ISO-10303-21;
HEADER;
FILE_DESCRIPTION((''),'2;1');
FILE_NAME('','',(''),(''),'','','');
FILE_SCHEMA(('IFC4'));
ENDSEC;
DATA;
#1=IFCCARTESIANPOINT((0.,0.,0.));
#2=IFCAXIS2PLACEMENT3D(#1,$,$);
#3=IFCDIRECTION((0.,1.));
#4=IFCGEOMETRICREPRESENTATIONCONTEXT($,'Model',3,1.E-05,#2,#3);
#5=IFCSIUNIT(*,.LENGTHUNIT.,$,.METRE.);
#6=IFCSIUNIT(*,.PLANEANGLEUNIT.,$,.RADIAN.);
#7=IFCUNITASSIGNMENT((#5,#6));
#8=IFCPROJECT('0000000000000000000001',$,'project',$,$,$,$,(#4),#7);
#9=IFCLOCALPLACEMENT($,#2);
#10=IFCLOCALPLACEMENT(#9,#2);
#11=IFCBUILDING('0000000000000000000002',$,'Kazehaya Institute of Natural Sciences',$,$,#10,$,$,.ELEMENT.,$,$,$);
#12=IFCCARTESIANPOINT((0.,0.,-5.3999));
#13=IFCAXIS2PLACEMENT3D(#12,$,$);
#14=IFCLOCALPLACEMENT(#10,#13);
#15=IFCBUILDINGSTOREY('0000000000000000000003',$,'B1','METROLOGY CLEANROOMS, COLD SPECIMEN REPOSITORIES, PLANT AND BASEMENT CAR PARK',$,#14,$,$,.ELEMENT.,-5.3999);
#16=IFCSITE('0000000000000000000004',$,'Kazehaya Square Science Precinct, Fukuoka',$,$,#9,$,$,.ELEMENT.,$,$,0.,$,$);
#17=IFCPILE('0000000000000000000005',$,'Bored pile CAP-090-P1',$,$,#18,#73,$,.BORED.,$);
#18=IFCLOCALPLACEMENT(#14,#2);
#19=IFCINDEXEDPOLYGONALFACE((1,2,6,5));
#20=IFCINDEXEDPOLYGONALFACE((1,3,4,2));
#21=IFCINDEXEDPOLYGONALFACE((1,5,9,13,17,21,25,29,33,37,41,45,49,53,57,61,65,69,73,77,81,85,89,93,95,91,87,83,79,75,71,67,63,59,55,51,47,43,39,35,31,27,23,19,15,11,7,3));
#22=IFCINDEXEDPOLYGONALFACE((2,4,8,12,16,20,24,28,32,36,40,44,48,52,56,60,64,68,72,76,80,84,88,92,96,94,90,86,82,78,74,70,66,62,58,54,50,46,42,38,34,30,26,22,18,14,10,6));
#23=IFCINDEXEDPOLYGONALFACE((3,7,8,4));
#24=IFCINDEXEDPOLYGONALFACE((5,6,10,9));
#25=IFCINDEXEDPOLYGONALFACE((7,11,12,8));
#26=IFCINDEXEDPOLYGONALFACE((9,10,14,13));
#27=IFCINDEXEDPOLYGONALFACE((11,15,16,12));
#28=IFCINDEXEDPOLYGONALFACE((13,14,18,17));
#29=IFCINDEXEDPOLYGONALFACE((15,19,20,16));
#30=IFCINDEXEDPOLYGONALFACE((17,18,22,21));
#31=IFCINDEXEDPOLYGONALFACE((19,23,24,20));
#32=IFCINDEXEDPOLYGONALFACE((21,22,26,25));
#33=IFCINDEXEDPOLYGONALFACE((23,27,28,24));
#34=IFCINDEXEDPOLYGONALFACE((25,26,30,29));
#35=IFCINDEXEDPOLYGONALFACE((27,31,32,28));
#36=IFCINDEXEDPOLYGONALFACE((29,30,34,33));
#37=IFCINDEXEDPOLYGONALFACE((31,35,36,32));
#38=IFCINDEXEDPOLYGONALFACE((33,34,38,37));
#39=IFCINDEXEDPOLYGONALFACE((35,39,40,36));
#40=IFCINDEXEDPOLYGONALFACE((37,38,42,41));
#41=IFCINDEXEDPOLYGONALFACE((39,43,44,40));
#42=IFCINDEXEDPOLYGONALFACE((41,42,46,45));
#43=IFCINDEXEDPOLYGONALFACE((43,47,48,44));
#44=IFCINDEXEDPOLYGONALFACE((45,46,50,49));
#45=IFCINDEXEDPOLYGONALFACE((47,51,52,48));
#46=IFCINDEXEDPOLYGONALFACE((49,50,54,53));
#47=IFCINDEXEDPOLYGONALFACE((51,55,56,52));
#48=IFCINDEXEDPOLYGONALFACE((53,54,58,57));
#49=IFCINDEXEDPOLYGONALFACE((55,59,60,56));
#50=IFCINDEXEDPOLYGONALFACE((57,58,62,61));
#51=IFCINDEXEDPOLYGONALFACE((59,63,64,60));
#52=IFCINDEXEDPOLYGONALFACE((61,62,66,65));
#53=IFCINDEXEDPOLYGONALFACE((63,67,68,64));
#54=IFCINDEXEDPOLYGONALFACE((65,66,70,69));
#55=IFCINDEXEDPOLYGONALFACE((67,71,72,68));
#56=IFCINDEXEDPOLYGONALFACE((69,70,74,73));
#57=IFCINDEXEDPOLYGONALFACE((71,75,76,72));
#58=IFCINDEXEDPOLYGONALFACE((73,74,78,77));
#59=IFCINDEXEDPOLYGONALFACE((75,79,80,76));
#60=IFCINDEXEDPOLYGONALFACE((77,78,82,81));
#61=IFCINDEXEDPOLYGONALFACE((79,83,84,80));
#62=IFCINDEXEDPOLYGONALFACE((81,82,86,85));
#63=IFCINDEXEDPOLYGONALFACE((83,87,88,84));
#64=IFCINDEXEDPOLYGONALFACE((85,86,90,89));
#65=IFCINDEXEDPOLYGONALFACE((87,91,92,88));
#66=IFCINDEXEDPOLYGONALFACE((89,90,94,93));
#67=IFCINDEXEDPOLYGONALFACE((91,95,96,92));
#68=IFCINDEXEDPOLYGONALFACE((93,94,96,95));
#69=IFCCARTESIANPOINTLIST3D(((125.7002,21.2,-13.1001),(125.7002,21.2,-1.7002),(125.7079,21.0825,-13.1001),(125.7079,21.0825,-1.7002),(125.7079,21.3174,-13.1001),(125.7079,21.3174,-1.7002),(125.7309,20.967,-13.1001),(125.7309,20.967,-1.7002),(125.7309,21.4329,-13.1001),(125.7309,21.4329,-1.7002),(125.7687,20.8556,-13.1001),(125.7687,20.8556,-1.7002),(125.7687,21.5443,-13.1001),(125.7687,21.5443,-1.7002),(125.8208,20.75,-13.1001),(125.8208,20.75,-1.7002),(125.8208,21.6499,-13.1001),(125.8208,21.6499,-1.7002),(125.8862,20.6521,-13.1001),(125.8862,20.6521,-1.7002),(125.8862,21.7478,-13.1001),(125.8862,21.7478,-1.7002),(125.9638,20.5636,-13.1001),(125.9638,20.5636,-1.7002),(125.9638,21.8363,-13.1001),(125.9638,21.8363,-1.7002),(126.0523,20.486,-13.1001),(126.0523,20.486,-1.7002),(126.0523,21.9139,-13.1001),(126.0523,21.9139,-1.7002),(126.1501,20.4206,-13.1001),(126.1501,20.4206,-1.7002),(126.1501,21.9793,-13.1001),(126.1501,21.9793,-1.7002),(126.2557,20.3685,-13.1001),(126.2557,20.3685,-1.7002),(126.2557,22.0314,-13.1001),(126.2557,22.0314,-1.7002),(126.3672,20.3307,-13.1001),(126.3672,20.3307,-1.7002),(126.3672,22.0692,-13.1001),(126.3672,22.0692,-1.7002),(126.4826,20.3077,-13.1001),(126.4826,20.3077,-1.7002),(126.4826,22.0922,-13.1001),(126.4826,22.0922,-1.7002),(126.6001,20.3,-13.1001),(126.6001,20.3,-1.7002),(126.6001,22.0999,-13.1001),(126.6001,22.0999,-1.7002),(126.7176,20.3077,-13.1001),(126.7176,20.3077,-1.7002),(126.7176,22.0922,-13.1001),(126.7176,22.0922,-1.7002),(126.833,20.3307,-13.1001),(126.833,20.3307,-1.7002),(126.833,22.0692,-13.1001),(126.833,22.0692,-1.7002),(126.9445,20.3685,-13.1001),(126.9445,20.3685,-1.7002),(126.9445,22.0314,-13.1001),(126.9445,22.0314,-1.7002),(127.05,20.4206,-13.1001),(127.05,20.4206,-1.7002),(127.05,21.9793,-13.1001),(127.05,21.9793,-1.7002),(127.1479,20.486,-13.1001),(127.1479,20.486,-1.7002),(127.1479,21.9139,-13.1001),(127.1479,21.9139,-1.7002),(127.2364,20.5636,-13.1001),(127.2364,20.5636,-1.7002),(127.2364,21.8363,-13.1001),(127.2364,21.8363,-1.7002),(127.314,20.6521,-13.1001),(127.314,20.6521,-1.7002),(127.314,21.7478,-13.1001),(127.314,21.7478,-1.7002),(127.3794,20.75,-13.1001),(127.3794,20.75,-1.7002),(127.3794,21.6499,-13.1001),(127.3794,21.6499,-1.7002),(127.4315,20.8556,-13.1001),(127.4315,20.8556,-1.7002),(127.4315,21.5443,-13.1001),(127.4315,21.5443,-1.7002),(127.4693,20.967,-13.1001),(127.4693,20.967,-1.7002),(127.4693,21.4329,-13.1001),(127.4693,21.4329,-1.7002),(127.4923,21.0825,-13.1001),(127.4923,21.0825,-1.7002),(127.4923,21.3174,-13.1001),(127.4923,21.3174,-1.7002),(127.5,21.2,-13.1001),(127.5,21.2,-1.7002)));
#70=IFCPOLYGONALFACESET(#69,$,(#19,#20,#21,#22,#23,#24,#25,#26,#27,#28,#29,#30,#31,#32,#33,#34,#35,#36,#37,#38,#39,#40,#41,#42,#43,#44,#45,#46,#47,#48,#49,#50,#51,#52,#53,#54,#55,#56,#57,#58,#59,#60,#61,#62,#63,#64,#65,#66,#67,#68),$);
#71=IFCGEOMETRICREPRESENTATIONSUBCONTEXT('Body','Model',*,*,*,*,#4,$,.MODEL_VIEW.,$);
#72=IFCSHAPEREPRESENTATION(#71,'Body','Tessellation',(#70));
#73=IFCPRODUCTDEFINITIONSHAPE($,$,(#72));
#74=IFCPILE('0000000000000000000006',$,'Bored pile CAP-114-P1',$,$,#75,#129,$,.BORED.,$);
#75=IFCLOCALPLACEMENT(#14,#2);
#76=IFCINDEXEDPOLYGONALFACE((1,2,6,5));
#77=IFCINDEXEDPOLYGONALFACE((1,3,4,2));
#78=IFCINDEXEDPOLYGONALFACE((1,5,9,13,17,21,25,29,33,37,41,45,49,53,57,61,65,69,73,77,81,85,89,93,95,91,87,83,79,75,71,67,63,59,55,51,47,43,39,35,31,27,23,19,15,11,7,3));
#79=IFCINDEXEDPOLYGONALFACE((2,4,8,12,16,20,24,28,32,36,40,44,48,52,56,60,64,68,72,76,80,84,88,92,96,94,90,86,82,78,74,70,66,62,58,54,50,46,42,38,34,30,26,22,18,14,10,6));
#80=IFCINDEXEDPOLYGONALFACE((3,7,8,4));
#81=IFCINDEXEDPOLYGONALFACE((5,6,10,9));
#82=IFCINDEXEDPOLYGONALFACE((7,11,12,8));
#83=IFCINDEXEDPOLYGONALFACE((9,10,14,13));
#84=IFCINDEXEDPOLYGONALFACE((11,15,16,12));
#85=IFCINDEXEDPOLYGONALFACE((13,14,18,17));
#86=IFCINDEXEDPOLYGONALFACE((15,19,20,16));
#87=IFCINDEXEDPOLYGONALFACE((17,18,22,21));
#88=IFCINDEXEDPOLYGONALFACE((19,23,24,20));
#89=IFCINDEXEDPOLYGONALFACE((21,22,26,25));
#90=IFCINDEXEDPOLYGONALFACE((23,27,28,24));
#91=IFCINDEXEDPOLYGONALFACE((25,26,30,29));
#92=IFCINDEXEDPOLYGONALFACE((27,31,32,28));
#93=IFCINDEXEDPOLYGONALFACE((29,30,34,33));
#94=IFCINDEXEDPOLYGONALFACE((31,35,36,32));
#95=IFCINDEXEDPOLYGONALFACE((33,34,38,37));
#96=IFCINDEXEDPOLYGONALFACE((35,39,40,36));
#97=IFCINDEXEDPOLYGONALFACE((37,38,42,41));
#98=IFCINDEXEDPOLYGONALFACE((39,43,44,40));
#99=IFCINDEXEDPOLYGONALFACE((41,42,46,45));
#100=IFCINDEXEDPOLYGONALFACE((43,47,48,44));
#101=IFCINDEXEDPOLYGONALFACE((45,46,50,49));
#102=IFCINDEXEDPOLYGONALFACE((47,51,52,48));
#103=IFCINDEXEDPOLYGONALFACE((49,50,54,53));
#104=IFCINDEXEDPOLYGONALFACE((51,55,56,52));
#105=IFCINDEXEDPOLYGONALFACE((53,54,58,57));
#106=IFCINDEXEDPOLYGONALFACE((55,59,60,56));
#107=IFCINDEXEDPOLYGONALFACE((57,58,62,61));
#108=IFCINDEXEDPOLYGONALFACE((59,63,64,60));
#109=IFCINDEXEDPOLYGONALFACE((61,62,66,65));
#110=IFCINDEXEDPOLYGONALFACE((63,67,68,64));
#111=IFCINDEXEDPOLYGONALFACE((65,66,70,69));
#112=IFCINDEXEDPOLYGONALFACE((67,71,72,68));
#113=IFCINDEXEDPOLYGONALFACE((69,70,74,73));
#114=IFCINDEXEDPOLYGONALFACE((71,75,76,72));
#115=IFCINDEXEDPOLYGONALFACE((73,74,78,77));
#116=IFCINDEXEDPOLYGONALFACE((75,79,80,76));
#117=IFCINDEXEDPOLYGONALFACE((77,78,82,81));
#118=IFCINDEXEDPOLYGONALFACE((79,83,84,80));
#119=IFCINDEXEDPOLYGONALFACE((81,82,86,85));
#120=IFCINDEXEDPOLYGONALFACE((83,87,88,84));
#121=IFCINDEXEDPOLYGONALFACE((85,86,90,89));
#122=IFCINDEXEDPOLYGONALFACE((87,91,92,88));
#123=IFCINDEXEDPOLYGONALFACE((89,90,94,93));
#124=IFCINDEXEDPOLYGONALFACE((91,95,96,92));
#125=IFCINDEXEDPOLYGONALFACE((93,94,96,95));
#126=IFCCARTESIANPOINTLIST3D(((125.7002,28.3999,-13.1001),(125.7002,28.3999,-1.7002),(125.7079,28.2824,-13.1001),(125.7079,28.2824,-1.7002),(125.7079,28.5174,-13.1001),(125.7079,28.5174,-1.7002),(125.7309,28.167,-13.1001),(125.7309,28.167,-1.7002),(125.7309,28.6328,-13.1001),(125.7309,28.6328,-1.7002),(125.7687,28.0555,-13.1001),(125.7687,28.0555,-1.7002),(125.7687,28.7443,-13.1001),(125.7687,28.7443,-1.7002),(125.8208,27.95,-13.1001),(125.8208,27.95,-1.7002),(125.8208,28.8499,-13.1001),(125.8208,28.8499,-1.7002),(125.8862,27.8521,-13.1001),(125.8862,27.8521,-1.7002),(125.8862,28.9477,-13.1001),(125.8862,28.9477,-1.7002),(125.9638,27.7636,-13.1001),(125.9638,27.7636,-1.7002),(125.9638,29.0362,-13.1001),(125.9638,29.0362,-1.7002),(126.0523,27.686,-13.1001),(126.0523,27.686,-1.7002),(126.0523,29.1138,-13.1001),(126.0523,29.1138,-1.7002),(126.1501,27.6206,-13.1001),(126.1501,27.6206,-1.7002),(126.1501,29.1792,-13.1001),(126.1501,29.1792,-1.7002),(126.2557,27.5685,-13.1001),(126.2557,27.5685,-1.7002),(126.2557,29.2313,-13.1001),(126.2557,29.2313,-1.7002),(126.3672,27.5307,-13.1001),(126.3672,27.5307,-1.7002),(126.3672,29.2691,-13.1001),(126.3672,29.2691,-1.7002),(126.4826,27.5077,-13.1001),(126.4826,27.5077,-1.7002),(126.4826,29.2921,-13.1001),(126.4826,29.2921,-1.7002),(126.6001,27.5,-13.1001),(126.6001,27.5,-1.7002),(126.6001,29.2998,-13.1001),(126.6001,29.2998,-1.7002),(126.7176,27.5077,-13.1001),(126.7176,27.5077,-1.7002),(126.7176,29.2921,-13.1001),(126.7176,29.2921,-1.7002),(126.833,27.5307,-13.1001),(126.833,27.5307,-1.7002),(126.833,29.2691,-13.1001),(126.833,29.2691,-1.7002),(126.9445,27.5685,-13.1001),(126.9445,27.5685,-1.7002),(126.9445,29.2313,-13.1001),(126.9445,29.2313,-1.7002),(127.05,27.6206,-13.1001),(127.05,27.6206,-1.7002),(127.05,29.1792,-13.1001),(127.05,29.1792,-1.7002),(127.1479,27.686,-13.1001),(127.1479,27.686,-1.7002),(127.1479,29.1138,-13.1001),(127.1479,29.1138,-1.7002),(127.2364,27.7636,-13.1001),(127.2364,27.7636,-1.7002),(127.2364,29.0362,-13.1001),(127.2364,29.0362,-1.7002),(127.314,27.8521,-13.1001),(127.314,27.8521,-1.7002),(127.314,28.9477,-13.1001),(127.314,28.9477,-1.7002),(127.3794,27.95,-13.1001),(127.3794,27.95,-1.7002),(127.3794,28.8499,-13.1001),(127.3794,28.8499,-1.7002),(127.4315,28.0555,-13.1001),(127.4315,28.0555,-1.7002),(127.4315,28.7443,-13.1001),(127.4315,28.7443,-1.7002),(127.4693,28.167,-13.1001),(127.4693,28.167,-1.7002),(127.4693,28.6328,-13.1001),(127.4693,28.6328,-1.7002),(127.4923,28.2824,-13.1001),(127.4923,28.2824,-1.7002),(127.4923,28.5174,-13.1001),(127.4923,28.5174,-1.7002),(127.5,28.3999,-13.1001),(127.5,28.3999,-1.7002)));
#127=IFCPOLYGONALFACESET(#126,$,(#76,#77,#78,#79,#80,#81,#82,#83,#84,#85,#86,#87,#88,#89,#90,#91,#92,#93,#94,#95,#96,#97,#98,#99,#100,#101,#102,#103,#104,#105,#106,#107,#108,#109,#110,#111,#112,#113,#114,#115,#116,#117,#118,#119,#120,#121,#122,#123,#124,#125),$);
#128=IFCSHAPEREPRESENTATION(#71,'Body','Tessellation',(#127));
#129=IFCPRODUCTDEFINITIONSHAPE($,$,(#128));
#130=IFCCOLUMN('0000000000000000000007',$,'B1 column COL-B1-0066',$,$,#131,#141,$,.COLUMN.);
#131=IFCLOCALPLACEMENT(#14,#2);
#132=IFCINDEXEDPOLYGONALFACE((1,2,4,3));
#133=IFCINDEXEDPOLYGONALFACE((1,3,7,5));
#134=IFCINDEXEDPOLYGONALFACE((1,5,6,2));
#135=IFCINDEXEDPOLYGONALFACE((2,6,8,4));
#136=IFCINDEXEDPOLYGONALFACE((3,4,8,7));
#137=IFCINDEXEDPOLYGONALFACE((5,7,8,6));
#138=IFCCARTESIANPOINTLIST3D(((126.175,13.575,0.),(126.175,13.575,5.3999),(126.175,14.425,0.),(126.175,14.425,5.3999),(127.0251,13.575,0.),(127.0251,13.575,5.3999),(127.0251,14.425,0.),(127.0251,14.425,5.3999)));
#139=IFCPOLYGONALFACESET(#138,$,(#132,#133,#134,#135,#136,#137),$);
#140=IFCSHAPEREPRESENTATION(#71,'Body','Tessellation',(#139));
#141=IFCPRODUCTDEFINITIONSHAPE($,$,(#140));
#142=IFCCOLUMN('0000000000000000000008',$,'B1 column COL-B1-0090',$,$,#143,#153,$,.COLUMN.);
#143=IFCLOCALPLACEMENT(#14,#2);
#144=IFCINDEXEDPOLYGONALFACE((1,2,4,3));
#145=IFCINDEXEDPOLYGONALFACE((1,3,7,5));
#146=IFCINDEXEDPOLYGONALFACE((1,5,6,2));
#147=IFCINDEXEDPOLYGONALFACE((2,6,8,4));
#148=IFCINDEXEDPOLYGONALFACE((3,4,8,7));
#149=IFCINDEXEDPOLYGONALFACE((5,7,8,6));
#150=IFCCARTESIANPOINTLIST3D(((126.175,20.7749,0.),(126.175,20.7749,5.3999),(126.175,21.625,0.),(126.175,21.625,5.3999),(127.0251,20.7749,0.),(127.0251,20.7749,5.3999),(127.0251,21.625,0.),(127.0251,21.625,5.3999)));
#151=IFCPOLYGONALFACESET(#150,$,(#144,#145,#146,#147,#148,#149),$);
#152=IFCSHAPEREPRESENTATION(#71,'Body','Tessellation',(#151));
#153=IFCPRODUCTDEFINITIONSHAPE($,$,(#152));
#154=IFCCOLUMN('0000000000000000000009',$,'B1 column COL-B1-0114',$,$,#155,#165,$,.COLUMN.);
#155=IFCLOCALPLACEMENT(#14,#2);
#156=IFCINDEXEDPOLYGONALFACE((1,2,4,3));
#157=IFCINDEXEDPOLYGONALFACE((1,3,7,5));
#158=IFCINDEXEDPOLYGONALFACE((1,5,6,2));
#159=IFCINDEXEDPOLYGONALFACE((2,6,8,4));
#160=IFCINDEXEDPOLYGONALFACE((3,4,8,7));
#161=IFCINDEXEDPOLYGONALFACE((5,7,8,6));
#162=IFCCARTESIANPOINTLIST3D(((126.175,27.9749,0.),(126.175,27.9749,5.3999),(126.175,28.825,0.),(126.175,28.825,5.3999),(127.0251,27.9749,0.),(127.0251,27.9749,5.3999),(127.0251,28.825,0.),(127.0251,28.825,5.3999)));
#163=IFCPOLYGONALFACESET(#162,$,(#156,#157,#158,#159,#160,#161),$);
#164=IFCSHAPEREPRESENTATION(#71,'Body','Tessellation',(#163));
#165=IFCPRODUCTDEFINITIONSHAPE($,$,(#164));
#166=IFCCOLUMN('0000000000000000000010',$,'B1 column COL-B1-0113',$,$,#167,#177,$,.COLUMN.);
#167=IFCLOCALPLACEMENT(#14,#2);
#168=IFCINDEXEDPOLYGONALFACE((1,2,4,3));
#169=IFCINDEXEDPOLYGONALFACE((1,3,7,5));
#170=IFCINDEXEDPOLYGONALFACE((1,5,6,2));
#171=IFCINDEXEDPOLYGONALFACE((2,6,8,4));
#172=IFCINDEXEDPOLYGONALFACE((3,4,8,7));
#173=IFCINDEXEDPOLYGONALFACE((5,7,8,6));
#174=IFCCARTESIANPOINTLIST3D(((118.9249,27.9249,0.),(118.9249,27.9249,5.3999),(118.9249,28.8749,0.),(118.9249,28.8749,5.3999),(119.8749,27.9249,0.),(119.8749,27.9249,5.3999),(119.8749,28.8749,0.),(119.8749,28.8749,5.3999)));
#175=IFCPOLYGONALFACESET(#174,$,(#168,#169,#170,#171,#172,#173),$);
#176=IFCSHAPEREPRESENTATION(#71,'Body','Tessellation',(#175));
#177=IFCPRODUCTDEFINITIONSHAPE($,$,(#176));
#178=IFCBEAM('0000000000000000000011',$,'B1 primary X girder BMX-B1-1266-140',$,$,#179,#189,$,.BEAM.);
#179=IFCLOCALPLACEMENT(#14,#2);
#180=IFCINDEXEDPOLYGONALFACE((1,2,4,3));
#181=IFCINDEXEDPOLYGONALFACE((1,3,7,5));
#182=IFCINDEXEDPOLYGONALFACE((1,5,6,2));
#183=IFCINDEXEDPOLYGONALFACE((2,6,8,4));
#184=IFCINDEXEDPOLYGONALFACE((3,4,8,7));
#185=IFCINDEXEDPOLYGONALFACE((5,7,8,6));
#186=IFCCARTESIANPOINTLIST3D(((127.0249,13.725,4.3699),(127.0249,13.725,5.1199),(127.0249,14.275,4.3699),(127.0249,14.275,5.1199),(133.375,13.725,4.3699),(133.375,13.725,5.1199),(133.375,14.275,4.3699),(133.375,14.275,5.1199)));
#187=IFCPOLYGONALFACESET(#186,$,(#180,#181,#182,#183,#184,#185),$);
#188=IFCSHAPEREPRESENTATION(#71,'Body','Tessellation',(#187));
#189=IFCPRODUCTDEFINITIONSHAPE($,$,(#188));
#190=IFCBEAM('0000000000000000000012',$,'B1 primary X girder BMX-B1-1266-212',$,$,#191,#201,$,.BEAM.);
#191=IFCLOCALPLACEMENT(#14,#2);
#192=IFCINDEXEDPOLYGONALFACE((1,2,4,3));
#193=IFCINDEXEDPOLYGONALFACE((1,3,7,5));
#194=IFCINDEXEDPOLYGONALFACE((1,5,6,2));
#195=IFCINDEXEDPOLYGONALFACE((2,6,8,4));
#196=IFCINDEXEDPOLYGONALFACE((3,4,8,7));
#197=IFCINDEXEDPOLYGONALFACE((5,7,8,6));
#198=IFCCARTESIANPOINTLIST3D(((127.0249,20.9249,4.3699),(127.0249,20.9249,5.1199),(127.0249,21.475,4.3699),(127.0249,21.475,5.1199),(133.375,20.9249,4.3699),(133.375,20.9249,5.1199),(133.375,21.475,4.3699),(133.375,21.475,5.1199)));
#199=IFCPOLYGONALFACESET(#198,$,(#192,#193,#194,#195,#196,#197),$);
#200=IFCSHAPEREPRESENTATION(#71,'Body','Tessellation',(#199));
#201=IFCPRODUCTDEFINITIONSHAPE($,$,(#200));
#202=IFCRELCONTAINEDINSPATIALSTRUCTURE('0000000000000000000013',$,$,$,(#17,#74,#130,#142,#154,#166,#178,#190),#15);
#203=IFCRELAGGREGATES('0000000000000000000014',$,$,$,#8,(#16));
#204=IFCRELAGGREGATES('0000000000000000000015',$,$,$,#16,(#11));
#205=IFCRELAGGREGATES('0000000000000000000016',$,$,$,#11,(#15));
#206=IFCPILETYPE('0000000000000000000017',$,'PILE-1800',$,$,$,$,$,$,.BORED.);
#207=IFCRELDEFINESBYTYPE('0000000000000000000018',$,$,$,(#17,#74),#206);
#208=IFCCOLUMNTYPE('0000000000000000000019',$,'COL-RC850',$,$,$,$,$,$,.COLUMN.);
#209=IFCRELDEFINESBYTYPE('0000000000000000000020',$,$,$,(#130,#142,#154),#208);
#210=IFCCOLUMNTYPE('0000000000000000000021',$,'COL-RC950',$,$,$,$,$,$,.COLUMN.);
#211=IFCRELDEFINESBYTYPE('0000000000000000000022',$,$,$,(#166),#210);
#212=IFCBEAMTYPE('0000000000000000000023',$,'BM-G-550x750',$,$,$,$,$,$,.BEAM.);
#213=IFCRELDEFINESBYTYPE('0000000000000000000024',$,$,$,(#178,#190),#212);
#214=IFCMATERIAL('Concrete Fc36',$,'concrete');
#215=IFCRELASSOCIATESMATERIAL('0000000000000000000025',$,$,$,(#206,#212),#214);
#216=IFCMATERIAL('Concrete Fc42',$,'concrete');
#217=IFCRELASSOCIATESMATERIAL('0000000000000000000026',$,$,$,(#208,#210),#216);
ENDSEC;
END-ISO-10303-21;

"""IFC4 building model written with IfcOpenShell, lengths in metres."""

from ifc_helpers import new_model, si_unit, direction, frame, origin, origin_2d, place, context, subcontext, project, spatial, rectangle, circle, extrude, material, material_profile, profile_set, type_object, element, save


model = new_model("IFC4")

# Units and contexts
model_context = context("Model", 3, precision=1e-05, world=origin(), true_north=direction((0.0, 1.0)))
body_context = subcontext(model_context, "Body", "Model", "MODEL_VIEW")
ifc_project = project(units=[si_unit("LENGTHUNIT", "METRE"), si_unit("PLANEANGLEUNIT", "RADIAN")], contexts=[model_context])

# Site, building, storey
site_placement = place(None, origin())
site = spatial("IfcSite", under=ifc_project, at=site_placement, Name="Kazehaya Square Science Precinct, Fukuoka", CompositionType="ELEMENT", RefElevation=0.0)
building_placement = place(site_placement, origin())
building = spatial("IfcBuilding", under=site, at=building_placement, Name="Kazehaya Institute of Natural Sciences", CompositionType="ELEMENT")
storey_placement = place(building_placement, frame((0.0, 0.0, -5.3999)))
storey = spatial("IfcBuildingStorey", under=building, at=storey_placement, Name="B1", Description="METROLOGY CLEANROOMS, COLD SPECIMEN REPOSITORIES, PLANT AND BASEMENT CAR PARK", CompositionType="ELEMENT", Elevation=-5.3999)

# Shared definitions
ifc_material_1 = material(Name="Concrete Fc36", Category="concrete")

# Piles
ifc_material_profile_1 = material_profile(ifc_material_1, circle(Radius=0.8999, at=origin_2d()), Name="PILE-1800")
ifc_profile_set_1 = profile_set([ifc_material_profile_1], Name="Concrete Fc36")
pile_type_1 = type_object("IfcPileType", Name="PILE-1800", PredefinedType="BORED", material=ifc_profile_set_1)
for number, where, z_axis, x_axis, name in (
    (1, (126.6001, 21.2, -1.7002), (0.0, 0.0, -1.0), (1.0, 0.0, 0.0), "Bored pile CAP-090-P1"),
    (2, (126.6001, 28.3999, -1.7002), (0.0, 0.0, -1.0), (1.0, 0.0, 0.0), "Bored pile CAP-114-P1"),
):
    element("IfcPile", number, at=place(storey_placement, frame(where, z_axis=z_axis, x_axis=x_axis)), inside=storey, type_object=pile_type_1, Name=name, PredefinedType="BORED", context=body_context, shape_type="SweptSolid", body=[
        extrude(circle(Radius=0.8999, at=origin_2d()), origin(), (0.0, 0.0, 1.0), 11.3999),
    ])

# Columns
ifc_material_2 = material(Name="Concrete Fc42", Category="concrete")
ifc_material_profile_2 = material_profile(ifc_material_2, rectangle(XDim=0.8501, YDim=0.8501, at=origin_2d()), Name="RC-850x850")
ifc_profile_set_2 = profile_set([ifc_material_profile_2], Name="Concrete Fc42")
column_type_1 = type_object("IfcColumnType", Name="COL-RC850", PredefinedType="COLUMN", material=ifc_profile_set_2)
for number, where, z_axis, x_axis, name in (
    (3, (126.6001, 14.0, 0.0), (0.0, 0.0, 1.0), (1.0, 0.0, 0.0), "B1 column COL-B1-0066"),
    (4, (126.6001, 21.2, 0.0), (0.0, 0.0, 1.0), (1.0, 0.0, 0.0), "B1 column COL-B1-0090"),
    (5, (126.6001, 28.3999, 0.0), (0.0, 0.0, 1.0), (1.0, 0.0, 0.0), "B1 column COL-B1-0114"),
):
    element("IfcColumn", number, at=place(storey_placement, frame(where, z_axis=z_axis, x_axis=x_axis)), inside=storey, type_object=column_type_1, Name=name, PredefinedType="COLUMN", context=body_context, shape_type="SweptSolid", body=[
        extrude(rectangle(XDim=0.8501, YDim=0.8501, at=origin_2d()), origin(), (0.0, 0.0, 1.0), 5.3999),
    ])
ifc_material_profile_3 = material_profile(ifc_material_2, rectangle(XDim=0.95, YDim=0.95, at=origin_2d()), Name="RC-950x950")
ifc_profile_set_3 = profile_set([ifc_material_profile_3], Name="Concrete Fc42")
column_type_2 = type_object("IfcColumnType", Name="COL-RC950", PredefinedType="COLUMN", material=ifc_profile_set_3)
column_placement = place(storey_placement, frame((119.3999, 28.3999, 0.0), z_axis=(0.0, 0.0, 1.0), x_axis=(1.0, 0.0, 0.0)))
element("IfcColumn", 6, at=column_placement, inside=storey, type_object=column_type_2, Name="B1 column COL-B1-0113", PredefinedType="COLUMN", context=body_context, shape_type="SweptSolid", body=[
    extrude(rectangle(XDim=0.95, YDim=0.95, at=origin_2d()), origin(), (0.0, 0.0, 1.0), 5.3999),
])

# Beams
ifc_material_profile_4 = material_profile(ifc_material_1, rectangle(XDim=0.55, YDim=0.75, at=origin_2d()), Name="RC-550x750")
ifc_profile_set_4 = profile_set([ifc_material_profile_4], Name="Concrete Fc36")
beam_type_1 = type_object("IfcBeamType", Name="BM-G-550x750", PredefinedType="BEAM", material=ifc_profile_set_4)
for number, where, z_axis, x_axis, name in (
    (7, (127.0249, 14.0, 4.7449), (1.0, 0.0, 0.0), (0.0, 1.0, 0.0), "B1 primary X girder BMX-B1-1266-140"),
    (8, (127.0249, 21.2, 4.7449), (1.0, 0.0, 0.0), (0.0, 1.0, 0.0), "B1 primary X girder BMX-B1-1266-212"),
):
    element("IfcBeam", number, at=place(storey_placement, frame(where, z_axis=z_axis, x_axis=x_axis)), inside=storey, type_object=beam_type_1, Name=name, PredefinedType="BEAM", context=body_context, shape_type="SweptSolid", body=[
        extrude(rectangle(XDim=0.55, YDim=0.75, at=origin_2d()), origin(), (0.0, 0.0, 1.0), 6.3501),
    ])

save(model, "model.ifc")
